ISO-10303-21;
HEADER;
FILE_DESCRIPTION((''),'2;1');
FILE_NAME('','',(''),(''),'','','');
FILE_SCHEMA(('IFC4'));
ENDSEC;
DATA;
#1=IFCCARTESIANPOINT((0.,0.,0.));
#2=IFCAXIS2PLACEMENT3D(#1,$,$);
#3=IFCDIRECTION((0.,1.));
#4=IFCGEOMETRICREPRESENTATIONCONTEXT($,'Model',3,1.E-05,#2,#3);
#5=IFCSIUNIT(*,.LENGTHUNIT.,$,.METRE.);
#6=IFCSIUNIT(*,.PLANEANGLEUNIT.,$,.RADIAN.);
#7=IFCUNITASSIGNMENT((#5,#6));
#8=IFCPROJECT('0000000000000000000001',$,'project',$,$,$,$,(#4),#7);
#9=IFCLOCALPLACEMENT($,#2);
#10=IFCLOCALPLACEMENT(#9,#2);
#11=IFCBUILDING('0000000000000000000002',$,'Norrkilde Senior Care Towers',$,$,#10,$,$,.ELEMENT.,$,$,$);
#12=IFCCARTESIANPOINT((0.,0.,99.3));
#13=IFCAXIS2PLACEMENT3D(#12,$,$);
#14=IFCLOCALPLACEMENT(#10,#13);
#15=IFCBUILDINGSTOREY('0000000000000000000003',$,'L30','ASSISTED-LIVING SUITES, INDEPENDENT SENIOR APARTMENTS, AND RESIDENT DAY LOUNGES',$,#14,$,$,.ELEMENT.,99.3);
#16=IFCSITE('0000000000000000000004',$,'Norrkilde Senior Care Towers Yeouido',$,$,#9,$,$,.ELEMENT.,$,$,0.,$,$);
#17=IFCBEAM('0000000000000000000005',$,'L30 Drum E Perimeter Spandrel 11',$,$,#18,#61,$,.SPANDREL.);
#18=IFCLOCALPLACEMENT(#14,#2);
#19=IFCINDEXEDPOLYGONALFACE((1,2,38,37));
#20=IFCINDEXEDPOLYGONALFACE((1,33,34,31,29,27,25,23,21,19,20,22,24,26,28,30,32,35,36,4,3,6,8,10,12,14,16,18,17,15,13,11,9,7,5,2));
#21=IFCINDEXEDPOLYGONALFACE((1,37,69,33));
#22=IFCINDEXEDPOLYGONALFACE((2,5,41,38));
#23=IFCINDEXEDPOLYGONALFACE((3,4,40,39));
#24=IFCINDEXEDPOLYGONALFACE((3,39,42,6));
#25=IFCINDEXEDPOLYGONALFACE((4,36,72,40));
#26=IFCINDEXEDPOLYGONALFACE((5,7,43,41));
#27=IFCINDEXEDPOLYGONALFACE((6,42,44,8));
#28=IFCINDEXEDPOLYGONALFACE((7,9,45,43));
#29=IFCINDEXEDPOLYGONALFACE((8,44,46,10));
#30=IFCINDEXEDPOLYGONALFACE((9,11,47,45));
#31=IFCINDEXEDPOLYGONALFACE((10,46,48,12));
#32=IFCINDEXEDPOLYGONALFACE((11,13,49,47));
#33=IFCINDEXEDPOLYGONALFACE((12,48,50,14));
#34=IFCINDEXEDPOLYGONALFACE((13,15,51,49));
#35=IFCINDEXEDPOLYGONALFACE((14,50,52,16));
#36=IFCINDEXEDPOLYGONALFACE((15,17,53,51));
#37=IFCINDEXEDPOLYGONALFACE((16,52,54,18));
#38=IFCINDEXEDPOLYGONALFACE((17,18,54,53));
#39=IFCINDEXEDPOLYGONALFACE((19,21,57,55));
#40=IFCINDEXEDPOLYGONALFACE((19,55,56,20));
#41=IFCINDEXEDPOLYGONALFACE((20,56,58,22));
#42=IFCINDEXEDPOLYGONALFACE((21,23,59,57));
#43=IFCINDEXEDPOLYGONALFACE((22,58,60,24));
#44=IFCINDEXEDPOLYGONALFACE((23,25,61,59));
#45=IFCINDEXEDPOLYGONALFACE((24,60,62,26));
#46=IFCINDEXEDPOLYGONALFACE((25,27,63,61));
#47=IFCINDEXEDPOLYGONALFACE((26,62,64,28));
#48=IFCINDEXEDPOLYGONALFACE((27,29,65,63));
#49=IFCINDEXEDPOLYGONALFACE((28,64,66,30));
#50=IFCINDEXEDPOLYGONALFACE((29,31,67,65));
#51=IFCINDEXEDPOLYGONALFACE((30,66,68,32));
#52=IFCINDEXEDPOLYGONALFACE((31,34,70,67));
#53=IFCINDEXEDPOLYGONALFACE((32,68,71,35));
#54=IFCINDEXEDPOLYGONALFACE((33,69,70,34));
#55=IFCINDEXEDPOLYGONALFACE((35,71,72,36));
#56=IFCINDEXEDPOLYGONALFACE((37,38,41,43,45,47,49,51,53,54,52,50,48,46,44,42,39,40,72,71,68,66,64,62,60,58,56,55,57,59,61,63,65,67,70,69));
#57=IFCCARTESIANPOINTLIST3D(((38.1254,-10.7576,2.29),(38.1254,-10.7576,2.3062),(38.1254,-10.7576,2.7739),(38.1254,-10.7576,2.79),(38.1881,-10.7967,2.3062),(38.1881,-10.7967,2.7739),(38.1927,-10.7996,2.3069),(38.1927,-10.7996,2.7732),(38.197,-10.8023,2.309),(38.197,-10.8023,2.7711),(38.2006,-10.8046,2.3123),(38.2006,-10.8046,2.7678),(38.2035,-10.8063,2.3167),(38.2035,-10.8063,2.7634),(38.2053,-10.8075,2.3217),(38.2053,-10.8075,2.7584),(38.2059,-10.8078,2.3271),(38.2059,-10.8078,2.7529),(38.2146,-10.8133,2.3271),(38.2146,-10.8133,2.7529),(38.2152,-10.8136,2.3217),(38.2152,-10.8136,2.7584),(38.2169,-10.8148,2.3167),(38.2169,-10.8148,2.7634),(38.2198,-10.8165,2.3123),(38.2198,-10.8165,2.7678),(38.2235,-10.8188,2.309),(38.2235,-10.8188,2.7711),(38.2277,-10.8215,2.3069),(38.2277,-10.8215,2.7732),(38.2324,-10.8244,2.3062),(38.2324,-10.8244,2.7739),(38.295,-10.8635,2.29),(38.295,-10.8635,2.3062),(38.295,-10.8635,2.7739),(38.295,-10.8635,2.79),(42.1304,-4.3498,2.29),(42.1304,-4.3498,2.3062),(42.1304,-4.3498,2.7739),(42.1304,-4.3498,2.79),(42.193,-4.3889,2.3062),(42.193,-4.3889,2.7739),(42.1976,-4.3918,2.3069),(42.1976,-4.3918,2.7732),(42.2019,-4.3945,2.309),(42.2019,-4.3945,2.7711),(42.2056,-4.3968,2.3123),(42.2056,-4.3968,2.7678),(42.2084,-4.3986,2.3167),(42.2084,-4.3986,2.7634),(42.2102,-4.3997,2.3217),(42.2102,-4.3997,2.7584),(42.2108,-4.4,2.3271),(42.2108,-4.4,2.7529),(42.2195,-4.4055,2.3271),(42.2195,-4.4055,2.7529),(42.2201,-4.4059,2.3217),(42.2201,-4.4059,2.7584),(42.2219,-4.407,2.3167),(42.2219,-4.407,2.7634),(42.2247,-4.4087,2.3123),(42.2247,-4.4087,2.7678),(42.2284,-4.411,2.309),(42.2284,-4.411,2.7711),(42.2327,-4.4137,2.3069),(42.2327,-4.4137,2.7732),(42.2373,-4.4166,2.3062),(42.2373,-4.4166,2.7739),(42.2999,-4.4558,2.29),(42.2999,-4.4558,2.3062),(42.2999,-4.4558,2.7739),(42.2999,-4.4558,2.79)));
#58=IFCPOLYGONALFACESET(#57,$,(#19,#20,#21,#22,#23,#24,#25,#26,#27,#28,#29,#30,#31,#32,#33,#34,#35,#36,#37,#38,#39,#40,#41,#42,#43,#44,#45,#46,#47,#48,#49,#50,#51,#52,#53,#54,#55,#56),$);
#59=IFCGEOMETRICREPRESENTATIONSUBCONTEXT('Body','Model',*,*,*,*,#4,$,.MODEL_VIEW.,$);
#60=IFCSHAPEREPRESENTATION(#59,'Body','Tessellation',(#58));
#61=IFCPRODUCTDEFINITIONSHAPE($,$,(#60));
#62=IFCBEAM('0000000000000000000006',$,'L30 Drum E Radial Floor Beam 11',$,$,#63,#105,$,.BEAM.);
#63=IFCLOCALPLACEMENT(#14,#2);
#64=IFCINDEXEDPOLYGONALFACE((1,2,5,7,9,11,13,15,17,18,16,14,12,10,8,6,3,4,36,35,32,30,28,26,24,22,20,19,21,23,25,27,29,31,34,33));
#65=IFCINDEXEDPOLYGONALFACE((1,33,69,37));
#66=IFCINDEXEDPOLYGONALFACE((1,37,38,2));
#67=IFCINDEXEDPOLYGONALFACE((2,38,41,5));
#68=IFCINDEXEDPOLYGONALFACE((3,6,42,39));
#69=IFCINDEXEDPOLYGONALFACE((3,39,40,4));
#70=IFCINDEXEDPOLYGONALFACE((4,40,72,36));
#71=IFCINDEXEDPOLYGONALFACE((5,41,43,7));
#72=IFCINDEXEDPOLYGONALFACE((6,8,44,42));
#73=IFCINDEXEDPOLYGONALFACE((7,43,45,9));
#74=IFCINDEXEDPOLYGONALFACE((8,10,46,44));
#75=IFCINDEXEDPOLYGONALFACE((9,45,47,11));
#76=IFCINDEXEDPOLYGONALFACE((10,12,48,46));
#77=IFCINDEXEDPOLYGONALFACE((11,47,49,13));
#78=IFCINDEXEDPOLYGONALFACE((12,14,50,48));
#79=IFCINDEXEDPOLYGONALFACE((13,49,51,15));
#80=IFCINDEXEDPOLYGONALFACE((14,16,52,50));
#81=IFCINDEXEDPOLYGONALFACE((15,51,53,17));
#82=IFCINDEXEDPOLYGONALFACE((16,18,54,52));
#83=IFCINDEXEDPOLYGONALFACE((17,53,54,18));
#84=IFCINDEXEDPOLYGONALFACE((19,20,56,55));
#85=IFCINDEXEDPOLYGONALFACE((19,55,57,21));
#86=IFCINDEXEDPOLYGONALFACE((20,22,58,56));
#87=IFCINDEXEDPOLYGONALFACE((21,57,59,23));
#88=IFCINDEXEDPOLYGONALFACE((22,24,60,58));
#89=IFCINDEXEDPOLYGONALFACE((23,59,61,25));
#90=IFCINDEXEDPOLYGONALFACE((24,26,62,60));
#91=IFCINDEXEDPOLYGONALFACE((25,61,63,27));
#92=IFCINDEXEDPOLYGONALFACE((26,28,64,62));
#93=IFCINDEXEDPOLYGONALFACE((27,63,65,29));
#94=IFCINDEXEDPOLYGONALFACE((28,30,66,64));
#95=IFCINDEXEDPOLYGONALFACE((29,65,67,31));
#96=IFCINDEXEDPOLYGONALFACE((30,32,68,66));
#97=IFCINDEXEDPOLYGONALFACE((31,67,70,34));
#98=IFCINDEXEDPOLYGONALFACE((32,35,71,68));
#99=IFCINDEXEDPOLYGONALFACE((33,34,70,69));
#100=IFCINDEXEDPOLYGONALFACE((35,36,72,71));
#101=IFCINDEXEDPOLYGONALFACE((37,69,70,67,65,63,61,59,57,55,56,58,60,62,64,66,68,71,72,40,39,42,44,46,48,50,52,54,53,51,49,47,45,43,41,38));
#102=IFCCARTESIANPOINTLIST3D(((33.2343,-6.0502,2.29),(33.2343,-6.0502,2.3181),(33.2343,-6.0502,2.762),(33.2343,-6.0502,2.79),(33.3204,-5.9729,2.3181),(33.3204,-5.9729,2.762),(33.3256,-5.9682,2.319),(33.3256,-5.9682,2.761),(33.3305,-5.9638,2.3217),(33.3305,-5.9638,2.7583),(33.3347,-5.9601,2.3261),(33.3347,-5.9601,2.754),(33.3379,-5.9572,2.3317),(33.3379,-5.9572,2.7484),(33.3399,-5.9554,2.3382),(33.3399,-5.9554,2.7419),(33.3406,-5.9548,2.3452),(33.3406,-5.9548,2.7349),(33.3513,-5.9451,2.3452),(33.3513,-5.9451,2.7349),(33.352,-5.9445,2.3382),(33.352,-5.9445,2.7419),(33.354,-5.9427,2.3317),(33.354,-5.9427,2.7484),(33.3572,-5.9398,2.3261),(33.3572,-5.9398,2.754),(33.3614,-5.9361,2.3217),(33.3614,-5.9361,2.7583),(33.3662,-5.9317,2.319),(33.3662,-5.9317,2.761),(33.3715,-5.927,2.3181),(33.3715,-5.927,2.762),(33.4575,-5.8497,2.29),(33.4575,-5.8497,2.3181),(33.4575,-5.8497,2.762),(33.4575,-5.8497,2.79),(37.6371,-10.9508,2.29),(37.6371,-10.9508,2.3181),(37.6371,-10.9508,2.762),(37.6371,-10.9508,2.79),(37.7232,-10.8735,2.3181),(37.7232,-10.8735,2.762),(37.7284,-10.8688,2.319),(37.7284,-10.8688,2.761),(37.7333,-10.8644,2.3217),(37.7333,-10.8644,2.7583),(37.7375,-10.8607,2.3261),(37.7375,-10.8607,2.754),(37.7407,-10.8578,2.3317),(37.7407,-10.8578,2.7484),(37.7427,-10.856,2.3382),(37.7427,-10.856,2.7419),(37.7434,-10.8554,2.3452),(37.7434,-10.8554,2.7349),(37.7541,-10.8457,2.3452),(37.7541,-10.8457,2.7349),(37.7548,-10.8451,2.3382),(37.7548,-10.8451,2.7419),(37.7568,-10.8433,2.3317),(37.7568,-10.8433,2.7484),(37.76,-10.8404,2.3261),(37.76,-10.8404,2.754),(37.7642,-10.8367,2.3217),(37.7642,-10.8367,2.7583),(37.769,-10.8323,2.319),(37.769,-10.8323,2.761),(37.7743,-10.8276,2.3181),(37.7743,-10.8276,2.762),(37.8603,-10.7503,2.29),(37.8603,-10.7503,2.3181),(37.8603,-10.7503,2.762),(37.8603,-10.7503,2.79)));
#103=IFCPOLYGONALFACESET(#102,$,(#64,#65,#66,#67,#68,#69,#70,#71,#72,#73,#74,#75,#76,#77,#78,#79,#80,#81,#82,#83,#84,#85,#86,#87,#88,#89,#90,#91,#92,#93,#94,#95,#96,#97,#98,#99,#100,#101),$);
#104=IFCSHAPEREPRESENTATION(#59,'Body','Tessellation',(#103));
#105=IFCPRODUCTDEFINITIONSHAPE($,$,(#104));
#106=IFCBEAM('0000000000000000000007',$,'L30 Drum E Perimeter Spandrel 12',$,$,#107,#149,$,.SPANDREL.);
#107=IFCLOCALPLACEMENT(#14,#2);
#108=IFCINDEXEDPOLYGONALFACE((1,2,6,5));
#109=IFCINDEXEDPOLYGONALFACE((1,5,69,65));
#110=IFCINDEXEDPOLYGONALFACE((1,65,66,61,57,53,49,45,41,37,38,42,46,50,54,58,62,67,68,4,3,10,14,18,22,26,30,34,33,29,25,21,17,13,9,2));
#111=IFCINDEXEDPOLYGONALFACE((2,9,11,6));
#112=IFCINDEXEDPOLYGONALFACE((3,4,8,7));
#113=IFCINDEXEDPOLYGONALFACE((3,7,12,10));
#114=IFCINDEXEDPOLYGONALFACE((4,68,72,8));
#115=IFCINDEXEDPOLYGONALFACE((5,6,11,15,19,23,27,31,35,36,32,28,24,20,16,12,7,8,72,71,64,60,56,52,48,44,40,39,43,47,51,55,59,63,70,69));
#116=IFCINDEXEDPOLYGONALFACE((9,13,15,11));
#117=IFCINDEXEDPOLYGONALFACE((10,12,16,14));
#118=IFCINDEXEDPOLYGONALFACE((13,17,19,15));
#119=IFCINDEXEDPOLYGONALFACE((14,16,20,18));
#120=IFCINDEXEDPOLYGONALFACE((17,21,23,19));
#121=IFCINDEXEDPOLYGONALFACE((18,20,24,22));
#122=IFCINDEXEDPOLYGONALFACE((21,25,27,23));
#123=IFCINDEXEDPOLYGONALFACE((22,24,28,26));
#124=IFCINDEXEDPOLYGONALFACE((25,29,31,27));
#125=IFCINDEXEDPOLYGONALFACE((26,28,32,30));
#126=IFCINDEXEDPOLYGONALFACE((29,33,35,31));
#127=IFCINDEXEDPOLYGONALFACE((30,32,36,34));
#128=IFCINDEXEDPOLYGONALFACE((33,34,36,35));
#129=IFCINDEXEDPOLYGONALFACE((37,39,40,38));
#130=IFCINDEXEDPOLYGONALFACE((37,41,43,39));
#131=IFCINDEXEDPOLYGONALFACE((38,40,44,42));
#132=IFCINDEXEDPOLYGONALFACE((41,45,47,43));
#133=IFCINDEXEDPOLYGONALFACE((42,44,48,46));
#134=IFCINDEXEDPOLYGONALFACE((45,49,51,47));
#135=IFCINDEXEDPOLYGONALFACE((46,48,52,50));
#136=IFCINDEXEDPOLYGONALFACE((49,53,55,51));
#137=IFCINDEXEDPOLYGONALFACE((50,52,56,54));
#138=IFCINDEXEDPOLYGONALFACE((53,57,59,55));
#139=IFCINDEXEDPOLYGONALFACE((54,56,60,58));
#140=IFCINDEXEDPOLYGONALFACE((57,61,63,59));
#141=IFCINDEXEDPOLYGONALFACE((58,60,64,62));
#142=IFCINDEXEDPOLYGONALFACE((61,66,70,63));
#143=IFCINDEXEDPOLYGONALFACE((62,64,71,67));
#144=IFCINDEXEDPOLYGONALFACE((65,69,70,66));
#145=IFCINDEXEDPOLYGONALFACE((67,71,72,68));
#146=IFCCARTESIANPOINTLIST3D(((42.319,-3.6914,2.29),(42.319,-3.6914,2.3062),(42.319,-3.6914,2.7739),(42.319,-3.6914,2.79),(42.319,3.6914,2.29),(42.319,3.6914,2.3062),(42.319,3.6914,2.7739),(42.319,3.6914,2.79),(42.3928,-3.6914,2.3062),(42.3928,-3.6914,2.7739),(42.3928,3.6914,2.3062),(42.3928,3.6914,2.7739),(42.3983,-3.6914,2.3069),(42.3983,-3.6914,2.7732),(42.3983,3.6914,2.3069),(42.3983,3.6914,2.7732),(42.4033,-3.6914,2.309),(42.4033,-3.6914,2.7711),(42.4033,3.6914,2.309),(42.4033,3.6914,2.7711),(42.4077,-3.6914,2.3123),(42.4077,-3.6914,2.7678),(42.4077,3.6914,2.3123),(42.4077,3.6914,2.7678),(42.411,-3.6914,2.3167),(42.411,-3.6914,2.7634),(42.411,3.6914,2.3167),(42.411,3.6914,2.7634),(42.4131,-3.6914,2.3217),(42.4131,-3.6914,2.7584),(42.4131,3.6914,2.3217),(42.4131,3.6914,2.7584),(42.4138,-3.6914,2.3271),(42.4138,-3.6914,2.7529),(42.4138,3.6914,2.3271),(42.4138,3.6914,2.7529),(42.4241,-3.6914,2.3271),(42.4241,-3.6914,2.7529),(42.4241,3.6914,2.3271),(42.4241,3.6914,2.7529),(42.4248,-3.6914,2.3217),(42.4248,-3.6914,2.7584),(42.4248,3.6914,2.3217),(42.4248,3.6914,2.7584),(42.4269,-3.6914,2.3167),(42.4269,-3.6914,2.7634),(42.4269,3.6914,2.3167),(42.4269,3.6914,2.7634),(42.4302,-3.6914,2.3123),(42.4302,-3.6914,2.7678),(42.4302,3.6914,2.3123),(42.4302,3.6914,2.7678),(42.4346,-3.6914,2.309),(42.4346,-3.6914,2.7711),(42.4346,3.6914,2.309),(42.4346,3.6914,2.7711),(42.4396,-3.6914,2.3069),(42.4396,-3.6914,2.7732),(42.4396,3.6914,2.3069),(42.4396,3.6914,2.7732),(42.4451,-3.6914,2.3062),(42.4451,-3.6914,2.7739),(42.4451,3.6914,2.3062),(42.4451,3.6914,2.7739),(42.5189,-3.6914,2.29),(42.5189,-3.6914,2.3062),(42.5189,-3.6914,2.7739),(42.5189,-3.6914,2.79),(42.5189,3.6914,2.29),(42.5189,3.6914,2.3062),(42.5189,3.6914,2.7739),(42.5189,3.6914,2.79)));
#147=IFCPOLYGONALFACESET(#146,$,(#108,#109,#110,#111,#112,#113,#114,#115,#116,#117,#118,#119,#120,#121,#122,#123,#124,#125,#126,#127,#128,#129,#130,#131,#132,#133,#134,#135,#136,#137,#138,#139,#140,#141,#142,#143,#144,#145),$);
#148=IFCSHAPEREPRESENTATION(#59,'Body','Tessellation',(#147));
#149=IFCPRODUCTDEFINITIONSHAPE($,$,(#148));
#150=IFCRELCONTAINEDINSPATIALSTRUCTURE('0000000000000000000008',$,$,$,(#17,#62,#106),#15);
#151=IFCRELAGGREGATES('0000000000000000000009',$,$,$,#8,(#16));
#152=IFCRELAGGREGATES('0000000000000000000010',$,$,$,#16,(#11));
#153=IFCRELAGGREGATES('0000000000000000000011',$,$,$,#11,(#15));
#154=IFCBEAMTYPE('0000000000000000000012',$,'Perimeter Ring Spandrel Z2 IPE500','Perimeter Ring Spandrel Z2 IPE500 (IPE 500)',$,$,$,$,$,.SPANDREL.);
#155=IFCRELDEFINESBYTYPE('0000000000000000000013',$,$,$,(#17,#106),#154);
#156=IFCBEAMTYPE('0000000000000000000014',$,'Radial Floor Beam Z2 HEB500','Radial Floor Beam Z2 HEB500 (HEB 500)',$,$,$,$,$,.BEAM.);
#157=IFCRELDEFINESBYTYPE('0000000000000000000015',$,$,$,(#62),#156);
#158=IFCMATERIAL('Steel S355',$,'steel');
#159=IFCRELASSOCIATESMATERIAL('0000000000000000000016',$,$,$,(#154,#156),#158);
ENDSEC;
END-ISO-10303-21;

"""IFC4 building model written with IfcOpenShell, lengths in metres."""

from ifc_helpers import new_model, si_unit, direction, frame, origin, origin_2d, place, context, subcontext, project, spatial, i_section, extrude, source, transform, mapped, material, material_profile, profile_set, type_object, element, save


model = new_model("IFC4")

# Units and contexts
model_context = context("Model", 3, precision=1e-05, world=origin(), true_north=direction((0.0, 1.0)))
body_context = subcontext(model_context, "Body", "Model", "MODEL_VIEW")
ifc_project = project(units=[si_unit("LENGTHUNIT", "METRE"), si_unit("PLANEANGLEUNIT", "RADIAN")], contexts=[model_context])

# Site, building, storey
site_placement = place(None, origin())
site = spatial("IfcSite", under=ifc_project, at=site_placement, Name="Norrkilde Senior Care Towers Yeouido", CompositionType="ELEMENT", RefElevation=0.0)
building_placement = place(site_placement, origin())
building = spatial("IfcBuilding", under=site, at=building_placement, Name="Norrkilde Senior Care Towers", CompositionType="ELEMENT")
storey_placement = place(building_placement, frame((0.0, 0.0, 99.3)))
storey = spatial("IfcBuildingStorey", under=building, at=storey_placement, Name="L30", Description="ASSISTED-LIVING SUITES, INDEPENDENT SENIOR APARTMENTS, AND RESIDENT DAY LOUNGES", CompositionType="ELEMENT", Elevation=99.3)

# Beams
ifc_material_1 = material(Name="Steel S355", Category="steel")
ifc_material_profile_1 = material_profile(ifc_material_1, i_section(OverallWidth=0.2, OverallDepth=0.5, WebThickness=0.0103, FlangeThickness=0.0161, FilletRadius=0.021, at=origin_2d()), Name="IPE 500")
ifc_profile_set_1 = profile_set([ifc_material_profile_1], Name="Steel S355")
beam_type_1 = type_object("IfcBeamType", Name="Perimeter Ring Spandrel Z2 IPE500", Description="Perimeter Ring Spandrel Z2 IPE500 (IPE 500)", PredefinedType="SPANDREL", material=ifc_profile_set_1)
shared_shape_1 = source(origin(), body_context, "Body", "SweptSolid", [
    extrude(i_section(OverallWidth=0.2, OverallDepth=0.5, WebThickness=0.0103, FlangeThickness=0.0161, FilletRadius=0.021, at=origin_2d()), origin(), (0.0, 0.0, 1.0), 7.5564),
])
beam_1_placement = place(storey_placement, frame((38.2102, -10.8105, 2.54), z_axis=(0.530005, 0.847995, 0.0), x_axis=(-0.847995, 0.530005, 0.0)))
element("IfcBeam", 1, at=beam_1_placement, inside=storey, type_object=beam_type_1, Name="L30 Drum E Perimeter Spandrel 11", PredefinedType="SPANDREL", context=body_context, shape_type="MappedRepresentation", body=[
    mapped(shared_shape_1, transform((0.0, 0.0, 0.0), x_axis=(1.0, 0.0, 0.0), y_axis=(0.0, 1.0, 0.0), z_axis=(0.0, 0.0, 1.0), scale=1.0)),
])
ifc_material_profile_2 = material_profile(ifc_material_1, i_section(OverallWidth=0.3, OverallDepth=0.5, WebThickness=0.0144, FlangeThickness=0.0281, FilletRadius=0.0271, at=origin_2d()), Name="HEB 500")
ifc_profile_set_2 = profile_set([ifc_material_profile_2], Name="Steel S355")
beam_type_2 = type_object("IfcBeamType", Name="Radial Floor Beam Z2 HEB500", Description="Radial Floor Beam Z2 HEB500 (HEB 500)", PredefinedType="BEAM", material=ifc_profile_set_2)
shared_shape_2 = source(origin(), body_context, "Body", "SweptSolid", [
    extrude(i_section(OverallWidth=0.3, OverallDepth=0.5, WebThickness=0.0144, FlangeThickness=0.0281, FilletRadius=0.0271, at=origin_2d()), origin(), (0.0, 0.0, 1.0), 6.5879),
])
beam_2_placement = place(storey_placement, frame((33.3459, -5.95, 2.54), z_axis=(0.668315, -0.743878, 0.0), x_axis=(0.743878, 0.668315, 0.0)))
element("IfcBeam", 2, at=beam_2_placement, inside=storey, type_object=beam_type_2, Name="L30 Drum E Radial Floor Beam 11", PredefinedType="BEAM", context=body_context, shape_type="MappedRepresentation", body=[
    mapped(shared_shape_2, transform((0.0, 0.0, 0.0), x_axis=(1.0, 0.0, 0.0), y_axis=(0.0, 1.0, 0.0), z_axis=(0.0, 0.0, 1.0), scale=1.0)),
])
shared_shape_3 = source(origin(), body_context, "Body", "SweptSolid", [
    extrude(i_section(OverallWidth=0.2, OverallDepth=0.5, WebThickness=0.0103, FlangeThickness=0.0161, FilletRadius=0.021, at=origin_2d()), origin(), (0.0, 0.0, 1.0), 7.3828),
])
beam_3_placement = place(storey_placement, frame((42.4189, -3.6914, 2.54), z_axis=(0.0, 1.0, 0.0), x_axis=(-1.0, 0.0, 0.0)))
element("IfcBeam", 3, at=beam_3_placement, inside=storey, type_object=beam_type_1, Name="L30 Drum E Perimeter Spandrel 12", PredefinedType="SPANDREL", context=body_context, shape_type="MappedRepresentation", body=[
    mapped(shared_shape_3, transform((0.0, 0.0, 0.0), x_axis=(1.0, 0.0, 0.0), y_axis=(0.0, 1.0, 0.0), z_axis=(0.0, 0.0, 1.0), scale=1.0)),
])

save(model, "model.ifc")
